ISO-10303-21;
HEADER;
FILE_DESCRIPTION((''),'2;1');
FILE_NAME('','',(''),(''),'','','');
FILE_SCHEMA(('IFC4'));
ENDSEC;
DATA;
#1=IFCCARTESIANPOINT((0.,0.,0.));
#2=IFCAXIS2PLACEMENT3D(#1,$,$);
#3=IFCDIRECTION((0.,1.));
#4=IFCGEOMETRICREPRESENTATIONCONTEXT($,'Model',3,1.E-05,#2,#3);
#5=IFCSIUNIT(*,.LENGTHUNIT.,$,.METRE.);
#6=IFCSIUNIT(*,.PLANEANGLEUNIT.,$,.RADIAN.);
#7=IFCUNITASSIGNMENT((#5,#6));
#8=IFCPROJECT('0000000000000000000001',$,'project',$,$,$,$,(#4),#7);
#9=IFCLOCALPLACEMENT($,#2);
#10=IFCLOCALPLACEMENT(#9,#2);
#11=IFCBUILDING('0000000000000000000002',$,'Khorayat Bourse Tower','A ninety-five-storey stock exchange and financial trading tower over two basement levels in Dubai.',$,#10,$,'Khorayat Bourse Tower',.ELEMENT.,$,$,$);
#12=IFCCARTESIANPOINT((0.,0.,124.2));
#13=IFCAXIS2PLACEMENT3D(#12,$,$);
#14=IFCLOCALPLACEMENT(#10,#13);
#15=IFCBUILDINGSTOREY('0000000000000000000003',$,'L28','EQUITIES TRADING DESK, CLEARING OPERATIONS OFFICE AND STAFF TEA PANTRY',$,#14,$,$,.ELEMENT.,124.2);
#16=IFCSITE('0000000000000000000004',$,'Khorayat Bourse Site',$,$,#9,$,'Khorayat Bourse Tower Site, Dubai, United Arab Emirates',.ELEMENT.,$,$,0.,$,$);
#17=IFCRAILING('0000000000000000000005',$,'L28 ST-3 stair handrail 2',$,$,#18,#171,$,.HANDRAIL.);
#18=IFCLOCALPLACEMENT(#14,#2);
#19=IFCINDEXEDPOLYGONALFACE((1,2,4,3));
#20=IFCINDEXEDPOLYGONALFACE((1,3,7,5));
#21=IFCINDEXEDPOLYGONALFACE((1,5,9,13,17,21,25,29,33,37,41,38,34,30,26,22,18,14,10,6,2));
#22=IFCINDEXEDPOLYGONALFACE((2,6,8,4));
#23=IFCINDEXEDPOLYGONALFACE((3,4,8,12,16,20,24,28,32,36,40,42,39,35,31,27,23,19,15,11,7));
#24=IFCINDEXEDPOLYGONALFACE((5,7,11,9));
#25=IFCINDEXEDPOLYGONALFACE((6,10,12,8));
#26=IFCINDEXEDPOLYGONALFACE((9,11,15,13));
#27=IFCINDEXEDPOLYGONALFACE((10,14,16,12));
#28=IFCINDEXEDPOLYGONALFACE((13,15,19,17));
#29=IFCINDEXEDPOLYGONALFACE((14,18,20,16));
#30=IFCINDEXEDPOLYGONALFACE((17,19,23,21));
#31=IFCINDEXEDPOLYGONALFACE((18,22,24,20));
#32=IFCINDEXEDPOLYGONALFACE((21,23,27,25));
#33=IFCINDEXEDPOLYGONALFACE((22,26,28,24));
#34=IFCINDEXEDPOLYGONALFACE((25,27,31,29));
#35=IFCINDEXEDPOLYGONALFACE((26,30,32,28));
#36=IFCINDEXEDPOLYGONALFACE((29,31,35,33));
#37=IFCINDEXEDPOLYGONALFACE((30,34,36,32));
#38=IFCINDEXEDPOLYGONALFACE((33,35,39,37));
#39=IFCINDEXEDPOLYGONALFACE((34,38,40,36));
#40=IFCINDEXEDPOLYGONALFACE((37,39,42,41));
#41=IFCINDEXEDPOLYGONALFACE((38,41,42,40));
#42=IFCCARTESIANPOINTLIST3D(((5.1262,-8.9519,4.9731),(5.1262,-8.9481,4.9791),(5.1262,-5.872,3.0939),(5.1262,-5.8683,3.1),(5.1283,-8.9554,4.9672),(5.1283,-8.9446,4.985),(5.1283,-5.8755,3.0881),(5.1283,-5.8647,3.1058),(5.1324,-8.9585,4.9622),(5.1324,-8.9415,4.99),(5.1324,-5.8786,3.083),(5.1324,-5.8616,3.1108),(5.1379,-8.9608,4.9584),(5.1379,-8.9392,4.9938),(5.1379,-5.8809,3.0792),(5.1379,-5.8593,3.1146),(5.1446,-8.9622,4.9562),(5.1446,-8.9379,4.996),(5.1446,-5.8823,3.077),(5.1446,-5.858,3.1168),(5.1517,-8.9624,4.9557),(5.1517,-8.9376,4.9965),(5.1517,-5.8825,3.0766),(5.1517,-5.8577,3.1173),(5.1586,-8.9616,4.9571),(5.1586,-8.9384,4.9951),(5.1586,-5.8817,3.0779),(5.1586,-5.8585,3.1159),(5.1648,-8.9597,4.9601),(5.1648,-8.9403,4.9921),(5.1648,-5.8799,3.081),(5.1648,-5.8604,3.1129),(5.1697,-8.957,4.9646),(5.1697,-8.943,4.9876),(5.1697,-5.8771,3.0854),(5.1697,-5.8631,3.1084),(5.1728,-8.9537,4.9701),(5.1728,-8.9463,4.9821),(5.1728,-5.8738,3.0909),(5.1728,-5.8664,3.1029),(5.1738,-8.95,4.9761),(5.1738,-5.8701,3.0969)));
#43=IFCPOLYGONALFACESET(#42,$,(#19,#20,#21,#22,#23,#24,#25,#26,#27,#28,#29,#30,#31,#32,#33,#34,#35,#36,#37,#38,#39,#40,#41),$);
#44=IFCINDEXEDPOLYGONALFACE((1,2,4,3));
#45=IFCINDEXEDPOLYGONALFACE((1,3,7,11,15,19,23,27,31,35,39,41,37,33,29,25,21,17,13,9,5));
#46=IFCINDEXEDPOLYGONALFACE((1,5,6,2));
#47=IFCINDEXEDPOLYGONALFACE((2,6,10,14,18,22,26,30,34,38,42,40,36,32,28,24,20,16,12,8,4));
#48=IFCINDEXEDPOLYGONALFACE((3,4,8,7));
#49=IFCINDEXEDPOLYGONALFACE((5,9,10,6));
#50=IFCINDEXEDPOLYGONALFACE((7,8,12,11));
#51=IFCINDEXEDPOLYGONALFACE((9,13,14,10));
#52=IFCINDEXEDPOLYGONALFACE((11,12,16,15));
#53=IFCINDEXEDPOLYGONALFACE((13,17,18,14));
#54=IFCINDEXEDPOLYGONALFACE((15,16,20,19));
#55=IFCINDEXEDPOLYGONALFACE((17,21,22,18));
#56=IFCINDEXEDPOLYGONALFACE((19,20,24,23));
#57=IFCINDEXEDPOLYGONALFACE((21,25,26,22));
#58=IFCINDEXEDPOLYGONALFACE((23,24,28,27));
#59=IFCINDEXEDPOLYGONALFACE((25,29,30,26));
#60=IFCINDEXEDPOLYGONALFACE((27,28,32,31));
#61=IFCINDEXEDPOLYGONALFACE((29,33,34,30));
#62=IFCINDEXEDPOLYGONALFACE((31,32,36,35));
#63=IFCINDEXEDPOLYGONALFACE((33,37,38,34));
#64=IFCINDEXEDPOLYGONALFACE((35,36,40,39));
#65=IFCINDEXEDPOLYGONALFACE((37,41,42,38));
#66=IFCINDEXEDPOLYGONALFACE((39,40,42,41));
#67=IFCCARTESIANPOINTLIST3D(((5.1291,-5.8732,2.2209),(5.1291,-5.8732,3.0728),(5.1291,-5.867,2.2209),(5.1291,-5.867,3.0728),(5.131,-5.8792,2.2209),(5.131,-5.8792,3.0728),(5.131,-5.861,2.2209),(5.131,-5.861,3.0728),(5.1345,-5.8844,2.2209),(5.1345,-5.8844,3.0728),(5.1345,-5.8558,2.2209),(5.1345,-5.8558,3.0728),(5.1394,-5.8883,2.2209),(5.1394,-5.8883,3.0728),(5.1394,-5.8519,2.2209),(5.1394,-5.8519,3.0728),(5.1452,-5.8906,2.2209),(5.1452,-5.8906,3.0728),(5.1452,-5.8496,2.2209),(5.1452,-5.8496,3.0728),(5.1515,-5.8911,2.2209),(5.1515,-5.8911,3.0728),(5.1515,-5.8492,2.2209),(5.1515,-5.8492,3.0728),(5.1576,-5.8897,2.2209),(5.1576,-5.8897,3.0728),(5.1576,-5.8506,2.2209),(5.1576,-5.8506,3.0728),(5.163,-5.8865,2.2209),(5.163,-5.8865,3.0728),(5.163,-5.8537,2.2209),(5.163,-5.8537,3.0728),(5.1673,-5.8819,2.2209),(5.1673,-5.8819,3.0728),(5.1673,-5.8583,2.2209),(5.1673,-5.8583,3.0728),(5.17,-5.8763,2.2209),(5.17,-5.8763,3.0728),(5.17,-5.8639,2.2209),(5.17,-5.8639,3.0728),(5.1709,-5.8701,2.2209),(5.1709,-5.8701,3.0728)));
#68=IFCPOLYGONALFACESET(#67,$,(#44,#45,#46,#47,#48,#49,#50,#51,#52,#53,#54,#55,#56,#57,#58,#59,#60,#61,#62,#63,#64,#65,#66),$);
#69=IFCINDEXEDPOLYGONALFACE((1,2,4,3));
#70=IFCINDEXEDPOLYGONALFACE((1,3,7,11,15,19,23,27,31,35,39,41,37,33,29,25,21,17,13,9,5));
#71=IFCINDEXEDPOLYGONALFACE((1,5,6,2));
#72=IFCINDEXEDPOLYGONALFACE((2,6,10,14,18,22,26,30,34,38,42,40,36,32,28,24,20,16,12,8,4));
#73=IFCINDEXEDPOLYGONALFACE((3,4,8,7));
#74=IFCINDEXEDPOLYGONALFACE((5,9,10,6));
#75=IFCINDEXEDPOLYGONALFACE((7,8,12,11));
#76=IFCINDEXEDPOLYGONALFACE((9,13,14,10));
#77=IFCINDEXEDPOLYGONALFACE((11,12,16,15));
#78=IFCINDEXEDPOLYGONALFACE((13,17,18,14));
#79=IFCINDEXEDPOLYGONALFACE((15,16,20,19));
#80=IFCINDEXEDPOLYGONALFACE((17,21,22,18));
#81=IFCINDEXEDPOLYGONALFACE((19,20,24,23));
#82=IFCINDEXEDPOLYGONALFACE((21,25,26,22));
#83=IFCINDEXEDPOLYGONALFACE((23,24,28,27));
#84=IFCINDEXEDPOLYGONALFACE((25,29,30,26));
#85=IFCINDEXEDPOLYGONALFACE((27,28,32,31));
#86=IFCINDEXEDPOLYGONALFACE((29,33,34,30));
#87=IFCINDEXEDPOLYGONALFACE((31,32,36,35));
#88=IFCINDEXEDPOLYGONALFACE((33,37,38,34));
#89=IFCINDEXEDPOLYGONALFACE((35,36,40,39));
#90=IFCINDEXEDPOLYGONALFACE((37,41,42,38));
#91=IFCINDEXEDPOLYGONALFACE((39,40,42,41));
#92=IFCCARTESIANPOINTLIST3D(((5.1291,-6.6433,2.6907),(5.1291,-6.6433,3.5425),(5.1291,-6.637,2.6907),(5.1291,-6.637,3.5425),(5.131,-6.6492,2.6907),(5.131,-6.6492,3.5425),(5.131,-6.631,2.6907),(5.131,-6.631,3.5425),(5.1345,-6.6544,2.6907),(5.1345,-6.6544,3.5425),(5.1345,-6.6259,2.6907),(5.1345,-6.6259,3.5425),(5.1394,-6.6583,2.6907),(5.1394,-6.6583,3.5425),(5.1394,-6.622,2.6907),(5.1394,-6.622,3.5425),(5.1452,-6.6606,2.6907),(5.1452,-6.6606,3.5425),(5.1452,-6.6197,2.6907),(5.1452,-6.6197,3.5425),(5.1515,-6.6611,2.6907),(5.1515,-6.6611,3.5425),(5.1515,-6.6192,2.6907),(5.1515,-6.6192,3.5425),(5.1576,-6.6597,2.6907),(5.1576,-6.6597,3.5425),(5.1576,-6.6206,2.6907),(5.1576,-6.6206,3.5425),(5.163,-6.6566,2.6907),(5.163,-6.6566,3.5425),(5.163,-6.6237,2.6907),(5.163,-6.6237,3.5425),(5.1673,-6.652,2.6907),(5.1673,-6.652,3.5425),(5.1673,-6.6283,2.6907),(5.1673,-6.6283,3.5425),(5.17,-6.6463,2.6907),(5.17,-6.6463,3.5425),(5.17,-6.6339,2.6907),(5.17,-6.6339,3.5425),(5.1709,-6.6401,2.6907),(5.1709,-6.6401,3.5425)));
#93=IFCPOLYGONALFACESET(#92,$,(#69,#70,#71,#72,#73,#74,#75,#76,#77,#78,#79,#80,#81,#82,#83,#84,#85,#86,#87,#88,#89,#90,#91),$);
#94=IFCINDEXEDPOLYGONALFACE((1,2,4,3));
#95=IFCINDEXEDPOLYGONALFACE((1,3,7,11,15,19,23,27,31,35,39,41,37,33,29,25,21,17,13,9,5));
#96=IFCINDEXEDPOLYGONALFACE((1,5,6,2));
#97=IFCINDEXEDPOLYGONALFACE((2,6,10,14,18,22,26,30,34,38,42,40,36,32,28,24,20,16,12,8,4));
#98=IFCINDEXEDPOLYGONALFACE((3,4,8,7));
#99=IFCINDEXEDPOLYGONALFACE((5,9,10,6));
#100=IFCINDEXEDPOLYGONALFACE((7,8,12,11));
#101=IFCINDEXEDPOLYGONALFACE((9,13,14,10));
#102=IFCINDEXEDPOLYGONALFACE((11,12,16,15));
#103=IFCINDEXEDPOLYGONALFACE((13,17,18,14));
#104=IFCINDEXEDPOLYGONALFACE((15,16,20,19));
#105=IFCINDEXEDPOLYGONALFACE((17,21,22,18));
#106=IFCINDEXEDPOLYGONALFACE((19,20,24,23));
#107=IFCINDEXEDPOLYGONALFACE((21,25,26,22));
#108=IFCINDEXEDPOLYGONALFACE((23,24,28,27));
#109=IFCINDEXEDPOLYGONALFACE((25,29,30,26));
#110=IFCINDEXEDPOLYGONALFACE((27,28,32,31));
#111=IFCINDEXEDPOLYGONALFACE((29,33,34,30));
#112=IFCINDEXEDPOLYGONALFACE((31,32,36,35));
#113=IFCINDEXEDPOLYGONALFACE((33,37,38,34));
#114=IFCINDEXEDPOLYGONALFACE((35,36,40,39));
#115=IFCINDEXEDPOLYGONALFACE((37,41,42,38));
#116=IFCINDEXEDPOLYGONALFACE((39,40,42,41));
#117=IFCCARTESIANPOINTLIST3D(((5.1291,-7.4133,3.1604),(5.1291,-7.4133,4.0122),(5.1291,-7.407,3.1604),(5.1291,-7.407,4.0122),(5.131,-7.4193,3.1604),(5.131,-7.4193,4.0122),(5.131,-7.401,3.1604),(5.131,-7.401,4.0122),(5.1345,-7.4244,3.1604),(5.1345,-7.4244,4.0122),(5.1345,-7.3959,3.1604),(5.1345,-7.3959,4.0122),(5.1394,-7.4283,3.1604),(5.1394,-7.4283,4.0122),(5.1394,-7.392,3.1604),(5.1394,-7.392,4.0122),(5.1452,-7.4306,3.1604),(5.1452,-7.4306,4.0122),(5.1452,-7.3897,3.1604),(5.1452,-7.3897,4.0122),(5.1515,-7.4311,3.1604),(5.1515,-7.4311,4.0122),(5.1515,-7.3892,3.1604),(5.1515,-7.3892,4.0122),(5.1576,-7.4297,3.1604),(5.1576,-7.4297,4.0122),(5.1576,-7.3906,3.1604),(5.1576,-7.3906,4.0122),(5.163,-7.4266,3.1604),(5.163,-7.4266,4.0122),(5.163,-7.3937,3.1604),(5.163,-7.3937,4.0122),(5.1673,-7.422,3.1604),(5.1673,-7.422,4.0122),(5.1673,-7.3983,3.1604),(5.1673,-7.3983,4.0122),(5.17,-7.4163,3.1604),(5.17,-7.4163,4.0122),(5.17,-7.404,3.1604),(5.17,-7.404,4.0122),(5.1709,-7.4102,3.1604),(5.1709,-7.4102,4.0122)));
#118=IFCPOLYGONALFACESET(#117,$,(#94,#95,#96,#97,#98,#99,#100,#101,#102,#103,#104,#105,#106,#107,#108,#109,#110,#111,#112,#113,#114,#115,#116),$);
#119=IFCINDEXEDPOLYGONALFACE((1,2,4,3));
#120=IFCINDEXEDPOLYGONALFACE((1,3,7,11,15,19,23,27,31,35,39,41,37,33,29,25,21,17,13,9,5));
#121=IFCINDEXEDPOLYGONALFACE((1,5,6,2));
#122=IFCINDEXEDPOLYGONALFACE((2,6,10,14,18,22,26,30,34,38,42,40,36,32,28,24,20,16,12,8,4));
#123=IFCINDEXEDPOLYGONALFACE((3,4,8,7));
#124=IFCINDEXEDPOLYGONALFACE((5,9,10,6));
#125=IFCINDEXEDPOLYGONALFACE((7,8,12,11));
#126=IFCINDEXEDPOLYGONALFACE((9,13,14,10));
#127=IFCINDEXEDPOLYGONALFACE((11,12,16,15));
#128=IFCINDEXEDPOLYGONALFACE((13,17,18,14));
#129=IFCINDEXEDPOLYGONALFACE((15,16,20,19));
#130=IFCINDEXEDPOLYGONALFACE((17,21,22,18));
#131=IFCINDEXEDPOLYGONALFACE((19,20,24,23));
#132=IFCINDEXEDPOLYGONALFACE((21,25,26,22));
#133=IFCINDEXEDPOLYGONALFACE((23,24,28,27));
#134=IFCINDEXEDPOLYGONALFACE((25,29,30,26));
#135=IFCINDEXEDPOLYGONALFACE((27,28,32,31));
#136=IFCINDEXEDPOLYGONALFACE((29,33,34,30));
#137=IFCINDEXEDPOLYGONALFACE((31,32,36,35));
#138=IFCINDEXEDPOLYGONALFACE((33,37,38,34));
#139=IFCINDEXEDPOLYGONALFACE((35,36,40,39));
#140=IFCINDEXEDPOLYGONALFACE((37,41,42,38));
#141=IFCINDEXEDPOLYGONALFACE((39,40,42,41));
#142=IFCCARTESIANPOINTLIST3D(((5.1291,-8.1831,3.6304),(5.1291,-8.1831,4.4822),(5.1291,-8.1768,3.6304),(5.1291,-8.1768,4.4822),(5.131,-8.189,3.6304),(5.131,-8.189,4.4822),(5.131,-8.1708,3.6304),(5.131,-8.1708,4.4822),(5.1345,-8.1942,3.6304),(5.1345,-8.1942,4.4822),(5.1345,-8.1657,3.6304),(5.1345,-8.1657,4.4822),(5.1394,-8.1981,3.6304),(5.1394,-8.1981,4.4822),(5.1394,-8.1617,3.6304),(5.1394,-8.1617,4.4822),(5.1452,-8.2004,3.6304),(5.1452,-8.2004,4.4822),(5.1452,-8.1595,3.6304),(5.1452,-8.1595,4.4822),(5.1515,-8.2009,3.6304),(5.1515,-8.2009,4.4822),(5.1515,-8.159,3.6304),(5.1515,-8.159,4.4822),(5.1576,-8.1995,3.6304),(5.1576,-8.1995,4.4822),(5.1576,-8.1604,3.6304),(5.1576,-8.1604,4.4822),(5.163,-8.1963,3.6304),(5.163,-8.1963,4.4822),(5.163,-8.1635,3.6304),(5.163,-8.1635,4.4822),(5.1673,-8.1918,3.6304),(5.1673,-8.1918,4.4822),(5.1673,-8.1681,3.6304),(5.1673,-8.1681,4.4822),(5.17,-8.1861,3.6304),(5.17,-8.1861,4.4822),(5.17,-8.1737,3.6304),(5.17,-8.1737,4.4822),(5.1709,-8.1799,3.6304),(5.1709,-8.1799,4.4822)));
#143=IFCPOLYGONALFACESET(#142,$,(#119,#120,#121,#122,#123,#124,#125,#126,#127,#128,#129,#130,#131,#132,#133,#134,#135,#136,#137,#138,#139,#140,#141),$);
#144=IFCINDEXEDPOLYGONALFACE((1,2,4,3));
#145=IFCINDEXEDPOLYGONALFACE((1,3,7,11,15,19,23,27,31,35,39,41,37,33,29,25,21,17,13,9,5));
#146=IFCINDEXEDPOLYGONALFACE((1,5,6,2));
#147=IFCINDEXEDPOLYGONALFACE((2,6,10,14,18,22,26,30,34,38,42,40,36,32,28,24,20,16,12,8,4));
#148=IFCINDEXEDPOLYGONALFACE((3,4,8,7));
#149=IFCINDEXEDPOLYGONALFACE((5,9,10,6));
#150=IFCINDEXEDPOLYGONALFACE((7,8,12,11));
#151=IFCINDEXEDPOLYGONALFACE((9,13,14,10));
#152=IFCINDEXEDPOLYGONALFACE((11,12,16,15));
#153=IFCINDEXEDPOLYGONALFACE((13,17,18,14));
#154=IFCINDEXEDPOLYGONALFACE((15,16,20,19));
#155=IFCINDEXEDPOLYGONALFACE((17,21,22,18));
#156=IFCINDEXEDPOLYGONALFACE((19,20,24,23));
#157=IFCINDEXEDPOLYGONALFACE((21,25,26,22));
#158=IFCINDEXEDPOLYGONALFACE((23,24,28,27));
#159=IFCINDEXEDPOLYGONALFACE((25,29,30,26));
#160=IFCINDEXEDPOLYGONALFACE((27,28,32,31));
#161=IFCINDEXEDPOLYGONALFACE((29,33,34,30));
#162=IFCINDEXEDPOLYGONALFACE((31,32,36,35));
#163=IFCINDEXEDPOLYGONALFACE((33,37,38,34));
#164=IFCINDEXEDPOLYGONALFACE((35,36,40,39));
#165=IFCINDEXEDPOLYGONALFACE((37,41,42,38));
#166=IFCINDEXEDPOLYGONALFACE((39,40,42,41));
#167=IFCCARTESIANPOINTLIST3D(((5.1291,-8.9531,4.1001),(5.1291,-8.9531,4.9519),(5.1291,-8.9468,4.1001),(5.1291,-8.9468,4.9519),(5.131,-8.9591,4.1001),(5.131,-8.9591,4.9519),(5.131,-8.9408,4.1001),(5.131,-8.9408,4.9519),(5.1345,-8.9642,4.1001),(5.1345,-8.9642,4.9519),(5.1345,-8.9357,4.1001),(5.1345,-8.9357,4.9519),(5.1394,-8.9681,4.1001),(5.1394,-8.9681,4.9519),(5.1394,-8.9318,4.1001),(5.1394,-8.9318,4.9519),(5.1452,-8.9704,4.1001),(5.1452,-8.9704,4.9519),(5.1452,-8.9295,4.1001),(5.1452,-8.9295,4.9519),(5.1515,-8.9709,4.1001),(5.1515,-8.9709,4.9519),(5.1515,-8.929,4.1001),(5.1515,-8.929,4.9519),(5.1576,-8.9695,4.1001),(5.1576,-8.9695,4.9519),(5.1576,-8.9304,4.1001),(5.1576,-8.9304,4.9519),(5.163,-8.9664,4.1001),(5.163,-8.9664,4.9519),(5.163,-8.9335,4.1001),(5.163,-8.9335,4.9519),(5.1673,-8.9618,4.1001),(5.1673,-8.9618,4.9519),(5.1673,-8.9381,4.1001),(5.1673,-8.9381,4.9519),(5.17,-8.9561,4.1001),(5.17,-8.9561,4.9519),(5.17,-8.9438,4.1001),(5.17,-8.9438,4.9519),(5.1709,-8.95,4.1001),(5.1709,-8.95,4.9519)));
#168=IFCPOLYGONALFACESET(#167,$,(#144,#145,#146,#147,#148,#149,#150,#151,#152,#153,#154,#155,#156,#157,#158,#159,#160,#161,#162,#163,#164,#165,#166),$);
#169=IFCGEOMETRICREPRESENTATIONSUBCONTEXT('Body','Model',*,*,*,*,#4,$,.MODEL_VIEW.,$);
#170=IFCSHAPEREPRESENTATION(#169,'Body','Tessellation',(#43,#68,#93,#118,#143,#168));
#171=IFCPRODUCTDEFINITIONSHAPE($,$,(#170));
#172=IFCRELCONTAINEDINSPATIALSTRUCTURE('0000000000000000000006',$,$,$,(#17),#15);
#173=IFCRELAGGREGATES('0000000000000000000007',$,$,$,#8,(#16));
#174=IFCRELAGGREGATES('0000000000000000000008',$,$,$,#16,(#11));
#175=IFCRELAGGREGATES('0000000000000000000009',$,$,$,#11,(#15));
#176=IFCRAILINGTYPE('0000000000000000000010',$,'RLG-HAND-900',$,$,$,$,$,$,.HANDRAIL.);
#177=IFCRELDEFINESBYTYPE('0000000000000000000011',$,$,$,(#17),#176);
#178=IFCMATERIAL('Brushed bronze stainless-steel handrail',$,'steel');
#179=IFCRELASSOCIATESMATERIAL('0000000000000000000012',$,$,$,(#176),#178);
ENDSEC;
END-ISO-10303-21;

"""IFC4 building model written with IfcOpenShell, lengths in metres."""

from ifc_helpers import new_model, si_unit, direction, frame, origin, origin_2d, place, context, subcontext, project, spatial, circle, extrude, source, transform, mapped, material, type_object, element, save


model = new_model("IFC4")

# Units and contexts
model_context = context("Model", 3, precision=1e-05, world=origin(), true_north=direction((0.0, 1.0)))
body_context = subcontext(model_context, "Body", "Model", "MODEL_VIEW")
ifc_project = project(units=[si_unit("LENGTHUNIT", "METRE"), si_unit("PLANEANGLEUNIT", "RADIAN")], contexts=[model_context])

# Site, building, storey
site_placement = place(None, origin())
site = spatial("IfcSite", under=ifc_project, at=site_placement, Name="Khorayat Bourse Site", LongName="Khorayat Bourse Tower Site, Dubai, United Arab Emirates", CompositionType="ELEMENT", RefElevation=0.0)
building_placement = place(site_placement, origin())
building = spatial("IfcBuilding", under=site, at=building_placement, Name="Khorayat Bourse Tower", Description="A ninety-five-storey stock exchange and financial trading tower over two basement levels in Dubai.", LongName="Khorayat Bourse Tower", CompositionType="ELEMENT")
storey_placement = place(building_placement, frame((0.0, 0.0, 124.2)))
storey = spatial("IfcBuildingStorey", under=building, at=storey_placement, Name="L28", Description="EQUITIES TRADING DESK, CLEARING OPERATIONS OFFICE AND STAFF TEA PANTRY", CompositionType="ELEMENT", Elevation=124.2)

# Railing
ifc_material_1 = material(Name="Brushed bronze stainless-steel handrail", Category="steel")
railing_type = type_object("IfcRailingType", Name="RLG-HAND-900", PredefinedType="HANDRAIL", material=ifc_material_1)
shared_shape_1 = source(origin(), body_context, "Body", "SweptSolid", [
    extrude(circle(Radius=0.0239, at=origin_2d()), frame((0.0, 0.0, 0.876), z_axis=(0.0, -0.853648, 0.52085), x_axis=(1.0, 0.0, 0.0)), (0.0, 0.0, 1.0), 3.6079),
    extrude(circle(Radius=0.021, at=origin_2d()), origin(), (0.0, 0.0, 1.0), 0.8518),
    extrude(circle(Radius=0.021, at=origin_2d()), frame((0.0, -0.77, 0.4697)), (0.0, 0.0, 1.0), 0.8518),
    extrude(circle(Radius=0.021, at=origin_2d()), frame((0.0, -1.54, 0.9395)), (0.0, 0.0, 1.0), 0.8518),
    extrude(circle(Radius=0.021, at=origin_2d()), frame((0.0, -2.3098, 1.4094)), (0.0, 0.0, 1.0), 0.8518),
    extrude(circle(Radius=0.021, at=origin_2d()), frame((0.0, -3.0798, 1.8792)), (0.0, 0.0, 1.0), 0.8518),
])
railing_placement = place(storey_placement, frame((5.1499, -5.8701, 2.2209)))
element("IfcRailing", 1, at=railing_placement, inside=storey, type_object=railing_type, Name="L28 ST-3 stair handrail 2", PredefinedType="HANDRAIL", context=body_context, shape_type="MappedRepresentation", body=[
    mapped(shared_shape_1, transform((0.0, 0.0, 0.0), scale=1.0)),
])

save(model, "model.ifc")
